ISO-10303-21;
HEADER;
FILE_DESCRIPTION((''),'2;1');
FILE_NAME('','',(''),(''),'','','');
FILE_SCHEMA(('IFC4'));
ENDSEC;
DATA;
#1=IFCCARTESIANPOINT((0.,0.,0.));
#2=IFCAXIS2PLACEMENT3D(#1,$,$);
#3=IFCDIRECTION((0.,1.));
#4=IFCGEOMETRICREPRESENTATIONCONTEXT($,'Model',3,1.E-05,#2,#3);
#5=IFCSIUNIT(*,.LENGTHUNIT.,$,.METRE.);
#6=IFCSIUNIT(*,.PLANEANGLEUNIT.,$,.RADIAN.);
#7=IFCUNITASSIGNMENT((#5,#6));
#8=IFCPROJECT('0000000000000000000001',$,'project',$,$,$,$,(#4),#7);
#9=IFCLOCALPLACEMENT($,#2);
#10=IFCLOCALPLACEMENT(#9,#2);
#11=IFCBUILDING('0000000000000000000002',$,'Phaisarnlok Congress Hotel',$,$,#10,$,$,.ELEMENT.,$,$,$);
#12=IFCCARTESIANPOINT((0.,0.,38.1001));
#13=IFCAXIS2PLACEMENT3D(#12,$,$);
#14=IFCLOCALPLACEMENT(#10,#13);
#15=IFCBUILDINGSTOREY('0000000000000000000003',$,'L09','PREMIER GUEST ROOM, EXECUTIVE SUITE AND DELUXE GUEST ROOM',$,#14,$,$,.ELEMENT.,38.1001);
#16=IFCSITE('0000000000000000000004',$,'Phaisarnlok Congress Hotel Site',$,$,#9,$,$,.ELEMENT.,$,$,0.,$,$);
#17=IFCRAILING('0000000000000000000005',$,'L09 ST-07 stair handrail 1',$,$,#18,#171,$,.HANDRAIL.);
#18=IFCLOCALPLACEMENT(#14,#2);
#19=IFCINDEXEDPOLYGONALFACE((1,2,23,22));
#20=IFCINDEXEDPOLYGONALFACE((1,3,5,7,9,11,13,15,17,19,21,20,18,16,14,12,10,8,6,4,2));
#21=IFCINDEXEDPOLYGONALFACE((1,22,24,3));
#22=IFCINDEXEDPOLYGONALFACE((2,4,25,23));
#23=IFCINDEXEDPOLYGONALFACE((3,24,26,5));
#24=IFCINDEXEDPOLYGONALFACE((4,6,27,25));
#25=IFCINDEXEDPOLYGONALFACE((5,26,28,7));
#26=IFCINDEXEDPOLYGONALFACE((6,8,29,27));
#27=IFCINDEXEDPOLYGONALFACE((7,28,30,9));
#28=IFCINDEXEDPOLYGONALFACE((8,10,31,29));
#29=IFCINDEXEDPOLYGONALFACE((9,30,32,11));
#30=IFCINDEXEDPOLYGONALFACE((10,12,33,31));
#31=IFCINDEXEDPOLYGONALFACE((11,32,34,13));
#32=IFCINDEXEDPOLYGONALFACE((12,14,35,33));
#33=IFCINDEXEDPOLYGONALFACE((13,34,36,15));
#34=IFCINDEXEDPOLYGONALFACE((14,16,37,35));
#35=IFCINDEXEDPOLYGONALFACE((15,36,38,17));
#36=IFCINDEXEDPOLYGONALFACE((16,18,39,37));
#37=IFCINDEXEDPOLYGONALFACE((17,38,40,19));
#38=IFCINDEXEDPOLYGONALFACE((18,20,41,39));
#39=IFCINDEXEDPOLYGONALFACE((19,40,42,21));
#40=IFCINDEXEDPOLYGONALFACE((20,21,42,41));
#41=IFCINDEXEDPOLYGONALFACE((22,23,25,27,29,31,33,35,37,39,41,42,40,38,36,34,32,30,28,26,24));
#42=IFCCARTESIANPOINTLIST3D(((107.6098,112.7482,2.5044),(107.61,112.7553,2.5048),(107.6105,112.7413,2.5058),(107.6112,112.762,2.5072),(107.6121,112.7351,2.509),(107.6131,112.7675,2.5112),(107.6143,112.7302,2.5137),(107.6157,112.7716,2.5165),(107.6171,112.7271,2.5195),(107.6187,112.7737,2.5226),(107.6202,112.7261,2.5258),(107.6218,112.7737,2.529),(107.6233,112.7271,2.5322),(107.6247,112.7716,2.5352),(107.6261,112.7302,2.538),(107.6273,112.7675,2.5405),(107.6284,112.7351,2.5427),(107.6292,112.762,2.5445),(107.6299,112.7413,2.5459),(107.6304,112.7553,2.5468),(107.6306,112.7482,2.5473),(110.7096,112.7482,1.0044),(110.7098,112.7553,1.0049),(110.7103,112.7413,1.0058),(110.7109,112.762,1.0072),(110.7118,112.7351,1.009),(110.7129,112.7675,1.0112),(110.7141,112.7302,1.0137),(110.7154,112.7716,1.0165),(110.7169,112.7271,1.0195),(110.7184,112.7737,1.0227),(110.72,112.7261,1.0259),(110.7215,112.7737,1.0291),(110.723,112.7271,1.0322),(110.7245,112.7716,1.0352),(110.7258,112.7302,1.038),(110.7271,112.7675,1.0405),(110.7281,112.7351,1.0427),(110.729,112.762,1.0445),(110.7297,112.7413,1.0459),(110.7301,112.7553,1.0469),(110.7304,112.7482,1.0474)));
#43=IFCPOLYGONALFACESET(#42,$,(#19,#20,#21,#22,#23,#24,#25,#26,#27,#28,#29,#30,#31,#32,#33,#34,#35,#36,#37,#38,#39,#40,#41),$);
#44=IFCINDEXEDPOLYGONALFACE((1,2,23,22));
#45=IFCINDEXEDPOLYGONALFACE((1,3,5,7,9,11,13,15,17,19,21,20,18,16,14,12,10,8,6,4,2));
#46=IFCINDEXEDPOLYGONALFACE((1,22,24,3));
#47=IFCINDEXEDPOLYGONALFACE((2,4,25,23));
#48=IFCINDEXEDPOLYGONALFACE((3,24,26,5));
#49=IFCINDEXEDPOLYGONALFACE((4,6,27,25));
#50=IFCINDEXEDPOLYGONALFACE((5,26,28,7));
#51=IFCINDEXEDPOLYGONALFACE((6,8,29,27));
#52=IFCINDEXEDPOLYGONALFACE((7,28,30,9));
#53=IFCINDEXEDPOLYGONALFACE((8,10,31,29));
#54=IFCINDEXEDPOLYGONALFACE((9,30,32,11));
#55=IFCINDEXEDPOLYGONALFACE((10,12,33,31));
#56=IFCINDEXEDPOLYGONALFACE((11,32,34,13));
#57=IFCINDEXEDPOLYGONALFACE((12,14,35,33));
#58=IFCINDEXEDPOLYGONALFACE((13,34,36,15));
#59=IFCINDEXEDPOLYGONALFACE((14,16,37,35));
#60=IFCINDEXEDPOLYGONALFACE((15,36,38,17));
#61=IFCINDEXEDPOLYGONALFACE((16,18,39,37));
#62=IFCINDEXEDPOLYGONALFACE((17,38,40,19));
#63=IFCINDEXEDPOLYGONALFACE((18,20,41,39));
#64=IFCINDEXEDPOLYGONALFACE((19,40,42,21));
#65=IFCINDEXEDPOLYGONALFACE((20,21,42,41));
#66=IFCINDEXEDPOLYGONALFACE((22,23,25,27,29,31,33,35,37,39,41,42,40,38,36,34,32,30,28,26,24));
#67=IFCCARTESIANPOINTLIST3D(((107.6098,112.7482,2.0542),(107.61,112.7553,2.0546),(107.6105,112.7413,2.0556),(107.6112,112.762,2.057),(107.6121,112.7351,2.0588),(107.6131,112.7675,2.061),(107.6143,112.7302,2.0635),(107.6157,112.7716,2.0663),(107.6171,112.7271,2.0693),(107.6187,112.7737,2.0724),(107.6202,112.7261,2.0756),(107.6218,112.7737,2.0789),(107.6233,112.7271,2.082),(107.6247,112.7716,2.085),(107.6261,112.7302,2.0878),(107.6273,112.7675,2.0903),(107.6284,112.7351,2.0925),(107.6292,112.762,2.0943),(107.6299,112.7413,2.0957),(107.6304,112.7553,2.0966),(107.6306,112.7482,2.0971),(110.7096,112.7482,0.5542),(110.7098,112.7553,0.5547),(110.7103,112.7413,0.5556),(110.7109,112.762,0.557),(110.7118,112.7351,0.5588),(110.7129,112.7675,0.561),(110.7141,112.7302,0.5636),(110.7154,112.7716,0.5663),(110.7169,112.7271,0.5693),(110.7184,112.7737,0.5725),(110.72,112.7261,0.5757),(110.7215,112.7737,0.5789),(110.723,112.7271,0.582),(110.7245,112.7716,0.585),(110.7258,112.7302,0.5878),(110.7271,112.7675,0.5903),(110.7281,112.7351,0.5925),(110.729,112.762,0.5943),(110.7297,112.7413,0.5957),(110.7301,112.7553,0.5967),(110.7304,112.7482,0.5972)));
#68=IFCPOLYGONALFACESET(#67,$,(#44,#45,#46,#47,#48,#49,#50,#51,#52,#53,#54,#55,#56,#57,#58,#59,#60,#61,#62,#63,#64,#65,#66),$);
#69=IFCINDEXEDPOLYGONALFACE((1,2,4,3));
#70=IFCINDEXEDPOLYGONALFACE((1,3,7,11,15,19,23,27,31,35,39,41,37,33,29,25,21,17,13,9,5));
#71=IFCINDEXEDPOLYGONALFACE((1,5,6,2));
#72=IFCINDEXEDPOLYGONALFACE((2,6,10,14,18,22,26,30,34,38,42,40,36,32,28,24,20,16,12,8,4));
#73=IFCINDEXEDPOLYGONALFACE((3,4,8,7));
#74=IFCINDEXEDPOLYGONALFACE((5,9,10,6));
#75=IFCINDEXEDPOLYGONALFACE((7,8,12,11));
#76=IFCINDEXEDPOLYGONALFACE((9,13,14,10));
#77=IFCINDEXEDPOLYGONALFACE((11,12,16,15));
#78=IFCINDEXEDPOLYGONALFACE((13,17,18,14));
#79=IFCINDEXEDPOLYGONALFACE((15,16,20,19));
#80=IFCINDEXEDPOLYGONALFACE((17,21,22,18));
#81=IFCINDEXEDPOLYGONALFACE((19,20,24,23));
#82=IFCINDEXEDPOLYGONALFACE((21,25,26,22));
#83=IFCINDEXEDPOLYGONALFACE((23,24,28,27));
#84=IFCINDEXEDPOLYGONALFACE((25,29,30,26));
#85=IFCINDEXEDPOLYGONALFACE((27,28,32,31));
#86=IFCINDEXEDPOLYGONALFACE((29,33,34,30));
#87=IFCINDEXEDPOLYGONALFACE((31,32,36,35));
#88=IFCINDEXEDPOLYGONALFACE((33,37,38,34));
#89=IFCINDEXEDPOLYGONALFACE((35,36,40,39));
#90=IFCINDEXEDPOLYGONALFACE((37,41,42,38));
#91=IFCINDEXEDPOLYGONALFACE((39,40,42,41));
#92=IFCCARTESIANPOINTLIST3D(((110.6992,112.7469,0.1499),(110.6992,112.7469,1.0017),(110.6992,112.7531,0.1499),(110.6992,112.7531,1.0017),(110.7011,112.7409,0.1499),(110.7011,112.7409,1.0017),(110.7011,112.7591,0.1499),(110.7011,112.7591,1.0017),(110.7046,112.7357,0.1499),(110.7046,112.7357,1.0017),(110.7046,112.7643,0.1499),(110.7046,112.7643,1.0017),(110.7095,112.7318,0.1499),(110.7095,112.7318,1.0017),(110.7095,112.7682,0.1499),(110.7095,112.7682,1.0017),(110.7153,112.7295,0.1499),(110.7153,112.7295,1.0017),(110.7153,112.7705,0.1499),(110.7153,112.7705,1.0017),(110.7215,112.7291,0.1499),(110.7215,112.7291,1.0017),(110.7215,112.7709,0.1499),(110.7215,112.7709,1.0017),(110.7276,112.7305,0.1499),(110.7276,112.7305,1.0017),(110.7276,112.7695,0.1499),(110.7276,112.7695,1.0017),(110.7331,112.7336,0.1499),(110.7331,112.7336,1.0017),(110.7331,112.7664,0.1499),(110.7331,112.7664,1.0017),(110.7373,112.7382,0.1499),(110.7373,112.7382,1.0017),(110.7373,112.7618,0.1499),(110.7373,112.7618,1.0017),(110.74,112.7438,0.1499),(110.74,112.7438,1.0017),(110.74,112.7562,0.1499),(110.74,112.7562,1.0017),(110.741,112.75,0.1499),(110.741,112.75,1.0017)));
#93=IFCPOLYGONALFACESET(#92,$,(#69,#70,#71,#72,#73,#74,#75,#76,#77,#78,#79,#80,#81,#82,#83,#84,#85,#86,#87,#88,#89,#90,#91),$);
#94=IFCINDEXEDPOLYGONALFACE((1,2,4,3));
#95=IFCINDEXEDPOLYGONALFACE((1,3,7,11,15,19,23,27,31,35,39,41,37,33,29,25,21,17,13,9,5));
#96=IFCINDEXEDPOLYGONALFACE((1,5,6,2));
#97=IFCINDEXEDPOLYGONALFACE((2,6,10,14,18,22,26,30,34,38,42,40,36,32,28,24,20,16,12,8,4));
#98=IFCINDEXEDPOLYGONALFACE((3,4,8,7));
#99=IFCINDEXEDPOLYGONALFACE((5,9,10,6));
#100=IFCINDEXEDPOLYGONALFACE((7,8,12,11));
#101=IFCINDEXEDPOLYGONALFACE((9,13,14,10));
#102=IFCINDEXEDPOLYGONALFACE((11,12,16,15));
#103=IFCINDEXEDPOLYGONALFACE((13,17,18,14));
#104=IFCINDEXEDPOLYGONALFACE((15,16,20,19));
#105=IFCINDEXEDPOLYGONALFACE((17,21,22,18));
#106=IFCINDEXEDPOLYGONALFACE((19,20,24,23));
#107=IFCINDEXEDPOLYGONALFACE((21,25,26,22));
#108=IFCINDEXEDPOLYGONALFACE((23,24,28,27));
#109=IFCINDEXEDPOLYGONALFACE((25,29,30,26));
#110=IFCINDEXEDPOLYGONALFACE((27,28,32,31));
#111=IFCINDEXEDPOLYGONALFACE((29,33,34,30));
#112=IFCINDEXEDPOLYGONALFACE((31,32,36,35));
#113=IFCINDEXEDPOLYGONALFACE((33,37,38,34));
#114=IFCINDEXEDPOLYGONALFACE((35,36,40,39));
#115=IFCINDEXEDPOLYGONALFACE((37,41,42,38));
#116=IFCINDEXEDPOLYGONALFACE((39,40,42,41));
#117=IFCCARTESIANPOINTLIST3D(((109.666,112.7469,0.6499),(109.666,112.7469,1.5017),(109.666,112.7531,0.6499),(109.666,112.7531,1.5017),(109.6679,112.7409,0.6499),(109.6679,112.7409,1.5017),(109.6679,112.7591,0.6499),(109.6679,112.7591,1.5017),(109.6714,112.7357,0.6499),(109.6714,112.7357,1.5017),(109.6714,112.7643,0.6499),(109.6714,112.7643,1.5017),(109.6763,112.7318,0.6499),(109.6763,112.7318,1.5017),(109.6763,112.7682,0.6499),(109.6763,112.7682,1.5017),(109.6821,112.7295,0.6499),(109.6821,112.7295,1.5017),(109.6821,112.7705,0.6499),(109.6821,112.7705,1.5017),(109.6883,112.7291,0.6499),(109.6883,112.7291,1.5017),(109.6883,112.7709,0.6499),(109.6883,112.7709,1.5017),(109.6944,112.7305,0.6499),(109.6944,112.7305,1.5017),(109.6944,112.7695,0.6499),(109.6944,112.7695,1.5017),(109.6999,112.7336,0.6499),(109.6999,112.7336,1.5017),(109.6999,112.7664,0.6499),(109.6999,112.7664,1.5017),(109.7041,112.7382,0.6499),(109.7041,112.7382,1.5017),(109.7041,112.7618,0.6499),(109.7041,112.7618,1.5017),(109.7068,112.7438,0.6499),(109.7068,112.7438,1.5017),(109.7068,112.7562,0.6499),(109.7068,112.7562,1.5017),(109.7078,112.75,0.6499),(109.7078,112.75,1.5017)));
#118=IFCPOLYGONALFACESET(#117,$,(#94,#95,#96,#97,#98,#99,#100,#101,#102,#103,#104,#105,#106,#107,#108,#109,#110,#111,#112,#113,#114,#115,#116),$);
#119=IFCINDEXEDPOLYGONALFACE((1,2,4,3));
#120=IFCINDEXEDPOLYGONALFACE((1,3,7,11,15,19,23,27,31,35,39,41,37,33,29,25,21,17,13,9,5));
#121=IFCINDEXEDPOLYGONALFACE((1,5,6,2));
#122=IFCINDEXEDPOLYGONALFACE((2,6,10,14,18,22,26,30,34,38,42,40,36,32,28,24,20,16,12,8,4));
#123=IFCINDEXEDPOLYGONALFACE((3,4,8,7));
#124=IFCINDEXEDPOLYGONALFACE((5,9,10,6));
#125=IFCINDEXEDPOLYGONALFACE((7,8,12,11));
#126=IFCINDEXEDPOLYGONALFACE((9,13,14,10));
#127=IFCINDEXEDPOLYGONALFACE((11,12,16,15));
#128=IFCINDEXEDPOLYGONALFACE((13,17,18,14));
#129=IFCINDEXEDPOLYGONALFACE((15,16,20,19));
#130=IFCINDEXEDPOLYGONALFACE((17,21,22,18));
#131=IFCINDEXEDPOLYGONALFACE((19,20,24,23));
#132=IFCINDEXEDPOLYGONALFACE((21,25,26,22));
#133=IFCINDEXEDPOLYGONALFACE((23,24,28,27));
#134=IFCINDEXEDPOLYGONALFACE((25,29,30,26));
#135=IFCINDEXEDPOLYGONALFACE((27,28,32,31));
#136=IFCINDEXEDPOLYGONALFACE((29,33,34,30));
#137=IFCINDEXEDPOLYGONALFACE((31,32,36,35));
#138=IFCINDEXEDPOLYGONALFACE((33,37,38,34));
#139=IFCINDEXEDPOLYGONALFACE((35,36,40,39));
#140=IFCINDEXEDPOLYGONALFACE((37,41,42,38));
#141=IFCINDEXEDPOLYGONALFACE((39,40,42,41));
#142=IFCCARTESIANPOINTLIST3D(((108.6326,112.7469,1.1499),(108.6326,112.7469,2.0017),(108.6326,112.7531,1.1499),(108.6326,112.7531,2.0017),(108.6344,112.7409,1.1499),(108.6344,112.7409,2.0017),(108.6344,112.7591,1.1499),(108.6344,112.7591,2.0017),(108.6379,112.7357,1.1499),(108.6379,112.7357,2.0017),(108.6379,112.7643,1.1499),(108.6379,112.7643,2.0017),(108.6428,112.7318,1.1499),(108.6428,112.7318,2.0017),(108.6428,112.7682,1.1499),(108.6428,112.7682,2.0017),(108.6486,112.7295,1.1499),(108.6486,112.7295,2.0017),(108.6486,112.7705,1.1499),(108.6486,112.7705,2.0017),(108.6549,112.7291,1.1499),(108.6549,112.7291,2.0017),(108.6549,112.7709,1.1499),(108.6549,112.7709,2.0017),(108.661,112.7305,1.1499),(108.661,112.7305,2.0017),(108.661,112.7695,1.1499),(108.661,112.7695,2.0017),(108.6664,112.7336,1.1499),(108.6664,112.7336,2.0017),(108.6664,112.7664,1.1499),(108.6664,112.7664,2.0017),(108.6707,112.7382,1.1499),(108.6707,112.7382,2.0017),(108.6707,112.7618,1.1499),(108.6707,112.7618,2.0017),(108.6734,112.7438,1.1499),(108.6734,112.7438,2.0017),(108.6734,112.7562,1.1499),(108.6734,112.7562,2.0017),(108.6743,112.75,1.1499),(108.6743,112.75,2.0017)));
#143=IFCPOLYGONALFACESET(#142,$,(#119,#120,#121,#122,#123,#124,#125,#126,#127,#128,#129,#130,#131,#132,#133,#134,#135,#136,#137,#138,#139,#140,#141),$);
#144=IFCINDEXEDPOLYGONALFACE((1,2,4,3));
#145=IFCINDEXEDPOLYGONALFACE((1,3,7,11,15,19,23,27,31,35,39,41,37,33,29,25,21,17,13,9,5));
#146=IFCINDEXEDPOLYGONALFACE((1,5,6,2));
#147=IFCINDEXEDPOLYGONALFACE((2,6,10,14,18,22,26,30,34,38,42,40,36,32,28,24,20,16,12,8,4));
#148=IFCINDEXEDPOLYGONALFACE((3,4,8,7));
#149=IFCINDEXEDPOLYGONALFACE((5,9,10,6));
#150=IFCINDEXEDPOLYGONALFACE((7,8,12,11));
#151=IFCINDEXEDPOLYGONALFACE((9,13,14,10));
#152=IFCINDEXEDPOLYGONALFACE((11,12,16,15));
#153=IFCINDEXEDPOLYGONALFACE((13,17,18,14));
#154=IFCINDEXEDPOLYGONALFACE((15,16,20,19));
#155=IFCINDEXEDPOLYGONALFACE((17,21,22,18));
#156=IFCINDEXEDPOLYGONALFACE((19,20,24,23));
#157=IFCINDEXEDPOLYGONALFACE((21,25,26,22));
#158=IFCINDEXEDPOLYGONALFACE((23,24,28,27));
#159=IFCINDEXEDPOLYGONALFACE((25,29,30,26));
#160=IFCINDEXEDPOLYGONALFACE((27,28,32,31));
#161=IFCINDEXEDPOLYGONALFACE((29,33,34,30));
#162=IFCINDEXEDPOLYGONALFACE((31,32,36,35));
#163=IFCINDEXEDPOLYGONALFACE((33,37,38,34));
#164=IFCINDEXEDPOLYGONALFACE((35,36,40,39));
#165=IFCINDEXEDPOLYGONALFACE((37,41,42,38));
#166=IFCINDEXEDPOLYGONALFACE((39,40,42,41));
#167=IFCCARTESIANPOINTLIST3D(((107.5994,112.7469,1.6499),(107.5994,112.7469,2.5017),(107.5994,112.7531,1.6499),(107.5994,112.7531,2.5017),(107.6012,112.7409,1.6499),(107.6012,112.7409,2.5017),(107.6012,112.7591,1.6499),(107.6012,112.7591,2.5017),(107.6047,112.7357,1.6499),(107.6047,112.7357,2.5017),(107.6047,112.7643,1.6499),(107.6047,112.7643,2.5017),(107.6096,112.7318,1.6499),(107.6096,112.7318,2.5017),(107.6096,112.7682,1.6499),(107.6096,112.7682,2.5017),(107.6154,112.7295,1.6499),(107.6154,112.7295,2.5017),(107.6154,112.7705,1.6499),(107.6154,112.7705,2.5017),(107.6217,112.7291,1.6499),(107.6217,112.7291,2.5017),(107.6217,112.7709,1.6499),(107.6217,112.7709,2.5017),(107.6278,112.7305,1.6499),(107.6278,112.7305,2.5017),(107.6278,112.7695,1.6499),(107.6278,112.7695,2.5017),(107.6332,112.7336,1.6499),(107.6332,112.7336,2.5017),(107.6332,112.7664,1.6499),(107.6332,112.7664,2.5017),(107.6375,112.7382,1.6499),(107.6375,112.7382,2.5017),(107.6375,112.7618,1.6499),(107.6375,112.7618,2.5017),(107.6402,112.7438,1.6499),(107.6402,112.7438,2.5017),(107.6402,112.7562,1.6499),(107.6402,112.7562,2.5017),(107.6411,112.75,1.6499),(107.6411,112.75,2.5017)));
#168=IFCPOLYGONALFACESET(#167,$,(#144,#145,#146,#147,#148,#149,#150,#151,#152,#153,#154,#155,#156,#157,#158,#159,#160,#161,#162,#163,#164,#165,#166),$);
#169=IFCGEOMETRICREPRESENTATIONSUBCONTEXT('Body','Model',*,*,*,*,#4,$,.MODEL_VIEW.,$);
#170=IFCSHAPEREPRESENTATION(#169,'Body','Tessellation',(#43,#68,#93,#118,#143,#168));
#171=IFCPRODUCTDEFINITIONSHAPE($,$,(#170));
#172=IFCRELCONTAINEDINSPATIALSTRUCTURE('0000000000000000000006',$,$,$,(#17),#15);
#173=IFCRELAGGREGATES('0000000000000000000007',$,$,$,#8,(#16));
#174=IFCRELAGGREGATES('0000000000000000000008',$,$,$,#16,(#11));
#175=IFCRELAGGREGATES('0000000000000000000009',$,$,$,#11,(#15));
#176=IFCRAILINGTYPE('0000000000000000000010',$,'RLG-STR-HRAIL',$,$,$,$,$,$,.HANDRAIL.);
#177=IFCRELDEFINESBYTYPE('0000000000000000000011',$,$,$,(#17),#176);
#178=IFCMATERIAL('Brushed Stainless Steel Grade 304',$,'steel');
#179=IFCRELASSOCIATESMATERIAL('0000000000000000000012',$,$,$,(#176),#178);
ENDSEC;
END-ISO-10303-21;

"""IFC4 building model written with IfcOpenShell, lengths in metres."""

from ifc_helpers import new_model, si_unit, direction, frame, origin, origin_2d, place, context, subcontext, project, spatial, circle, extrude, material, type_object, element, save


model = new_model("IFC4")

# Units and contexts
model_context = context("Model", 3, precision=1e-05, world=origin(), true_north=direction((0.0, 1.0)))
body_context = subcontext(model_context, "Body", "Model", "MODEL_VIEW")
ifc_project = project(units=[si_unit("LENGTHUNIT", "METRE"), si_unit("PLANEANGLEUNIT", "RADIAN")], contexts=[model_context])

# Site, building, storey
site_placement = place(None, origin())
site = spatial("IfcSite", under=ifc_project, at=site_placement, Name="Phaisarnlok Congress Hotel Site", CompositionType="ELEMENT", RefElevation=0.0)
building_placement = place(site_placement, origin())
building = spatial("IfcBuilding", under=site, at=building_placement, Name="Phaisarnlok Congress Hotel", CompositionType="ELEMENT")
storey_placement = place(building_placement, frame((0.0, 0.0, 38.1001)))
storey = spatial("IfcBuildingStorey", under=building, at=storey_placement, Name="L09", Description="PREMIER GUEST ROOM, EXECUTIVE SUITE AND DELUXE GUEST ROOM", CompositionType="ELEMENT", Elevation=38.1001)

# Railing
ifc_material_1 = material(Name="Brushed Stainless Steel Grade 304", Category="steel")
railing_type_1 = type_object("IfcRailingType", Name="RLG-STR-HRAIL", PredefinedType="HANDRAIL", material=ifc_material_1)
railing_1_placement = place(storey_placement, frame((110.72, 112.75, 0.1499)))
element("IfcRailing", 1, at=railing_1_placement, inside=storey, type_object=railing_type_1, Name="L09 ST-07 stair handrail 1", PredefinedType="HANDRAIL", context=body_context, shape_type="SweptSolid", body=[
    extrude(circle(Radius=0.0239, at=origin_2d()), frame((0.0, 0.0, 0.876), z_axis=(-0.900151, 0.0, 0.435578), x_axis=(0.0, -1.0, 0.0)), (0.0, 0.0, 1.0), 3.4436),
    extrude(circle(Radius=0.0239, at=origin_2d()), frame((0.0, 0.0, 0.4258), z_axis=(-0.900151, 0.0, 0.435578), x_axis=(0.0, -1.0, 0.0)), (0.0, 0.0, 1.0), 3.4436),
    extrude(circle(Radius=0.021, at=origin_2d()), origin(), (0.0, 0.0, 1.0), 0.8518),
    extrude(circle(Radius=0.021, at=origin_2d()), frame((-1.0332, 0.0, 0.5)), (0.0, 0.0, 1.0), 0.8518),
    extrude(circle(Radius=0.021, at=origin_2d()), frame((-2.0667, 0.0, 1.0)), (0.0, 0.0, 1.0), 0.8518),
    extrude(circle(Radius=0.021, at=origin_2d()), frame((-3.0999, 0.0, 1.5)), (0.0, 0.0, 1.0), 0.8518),
])

save(model, "model.ifc")
